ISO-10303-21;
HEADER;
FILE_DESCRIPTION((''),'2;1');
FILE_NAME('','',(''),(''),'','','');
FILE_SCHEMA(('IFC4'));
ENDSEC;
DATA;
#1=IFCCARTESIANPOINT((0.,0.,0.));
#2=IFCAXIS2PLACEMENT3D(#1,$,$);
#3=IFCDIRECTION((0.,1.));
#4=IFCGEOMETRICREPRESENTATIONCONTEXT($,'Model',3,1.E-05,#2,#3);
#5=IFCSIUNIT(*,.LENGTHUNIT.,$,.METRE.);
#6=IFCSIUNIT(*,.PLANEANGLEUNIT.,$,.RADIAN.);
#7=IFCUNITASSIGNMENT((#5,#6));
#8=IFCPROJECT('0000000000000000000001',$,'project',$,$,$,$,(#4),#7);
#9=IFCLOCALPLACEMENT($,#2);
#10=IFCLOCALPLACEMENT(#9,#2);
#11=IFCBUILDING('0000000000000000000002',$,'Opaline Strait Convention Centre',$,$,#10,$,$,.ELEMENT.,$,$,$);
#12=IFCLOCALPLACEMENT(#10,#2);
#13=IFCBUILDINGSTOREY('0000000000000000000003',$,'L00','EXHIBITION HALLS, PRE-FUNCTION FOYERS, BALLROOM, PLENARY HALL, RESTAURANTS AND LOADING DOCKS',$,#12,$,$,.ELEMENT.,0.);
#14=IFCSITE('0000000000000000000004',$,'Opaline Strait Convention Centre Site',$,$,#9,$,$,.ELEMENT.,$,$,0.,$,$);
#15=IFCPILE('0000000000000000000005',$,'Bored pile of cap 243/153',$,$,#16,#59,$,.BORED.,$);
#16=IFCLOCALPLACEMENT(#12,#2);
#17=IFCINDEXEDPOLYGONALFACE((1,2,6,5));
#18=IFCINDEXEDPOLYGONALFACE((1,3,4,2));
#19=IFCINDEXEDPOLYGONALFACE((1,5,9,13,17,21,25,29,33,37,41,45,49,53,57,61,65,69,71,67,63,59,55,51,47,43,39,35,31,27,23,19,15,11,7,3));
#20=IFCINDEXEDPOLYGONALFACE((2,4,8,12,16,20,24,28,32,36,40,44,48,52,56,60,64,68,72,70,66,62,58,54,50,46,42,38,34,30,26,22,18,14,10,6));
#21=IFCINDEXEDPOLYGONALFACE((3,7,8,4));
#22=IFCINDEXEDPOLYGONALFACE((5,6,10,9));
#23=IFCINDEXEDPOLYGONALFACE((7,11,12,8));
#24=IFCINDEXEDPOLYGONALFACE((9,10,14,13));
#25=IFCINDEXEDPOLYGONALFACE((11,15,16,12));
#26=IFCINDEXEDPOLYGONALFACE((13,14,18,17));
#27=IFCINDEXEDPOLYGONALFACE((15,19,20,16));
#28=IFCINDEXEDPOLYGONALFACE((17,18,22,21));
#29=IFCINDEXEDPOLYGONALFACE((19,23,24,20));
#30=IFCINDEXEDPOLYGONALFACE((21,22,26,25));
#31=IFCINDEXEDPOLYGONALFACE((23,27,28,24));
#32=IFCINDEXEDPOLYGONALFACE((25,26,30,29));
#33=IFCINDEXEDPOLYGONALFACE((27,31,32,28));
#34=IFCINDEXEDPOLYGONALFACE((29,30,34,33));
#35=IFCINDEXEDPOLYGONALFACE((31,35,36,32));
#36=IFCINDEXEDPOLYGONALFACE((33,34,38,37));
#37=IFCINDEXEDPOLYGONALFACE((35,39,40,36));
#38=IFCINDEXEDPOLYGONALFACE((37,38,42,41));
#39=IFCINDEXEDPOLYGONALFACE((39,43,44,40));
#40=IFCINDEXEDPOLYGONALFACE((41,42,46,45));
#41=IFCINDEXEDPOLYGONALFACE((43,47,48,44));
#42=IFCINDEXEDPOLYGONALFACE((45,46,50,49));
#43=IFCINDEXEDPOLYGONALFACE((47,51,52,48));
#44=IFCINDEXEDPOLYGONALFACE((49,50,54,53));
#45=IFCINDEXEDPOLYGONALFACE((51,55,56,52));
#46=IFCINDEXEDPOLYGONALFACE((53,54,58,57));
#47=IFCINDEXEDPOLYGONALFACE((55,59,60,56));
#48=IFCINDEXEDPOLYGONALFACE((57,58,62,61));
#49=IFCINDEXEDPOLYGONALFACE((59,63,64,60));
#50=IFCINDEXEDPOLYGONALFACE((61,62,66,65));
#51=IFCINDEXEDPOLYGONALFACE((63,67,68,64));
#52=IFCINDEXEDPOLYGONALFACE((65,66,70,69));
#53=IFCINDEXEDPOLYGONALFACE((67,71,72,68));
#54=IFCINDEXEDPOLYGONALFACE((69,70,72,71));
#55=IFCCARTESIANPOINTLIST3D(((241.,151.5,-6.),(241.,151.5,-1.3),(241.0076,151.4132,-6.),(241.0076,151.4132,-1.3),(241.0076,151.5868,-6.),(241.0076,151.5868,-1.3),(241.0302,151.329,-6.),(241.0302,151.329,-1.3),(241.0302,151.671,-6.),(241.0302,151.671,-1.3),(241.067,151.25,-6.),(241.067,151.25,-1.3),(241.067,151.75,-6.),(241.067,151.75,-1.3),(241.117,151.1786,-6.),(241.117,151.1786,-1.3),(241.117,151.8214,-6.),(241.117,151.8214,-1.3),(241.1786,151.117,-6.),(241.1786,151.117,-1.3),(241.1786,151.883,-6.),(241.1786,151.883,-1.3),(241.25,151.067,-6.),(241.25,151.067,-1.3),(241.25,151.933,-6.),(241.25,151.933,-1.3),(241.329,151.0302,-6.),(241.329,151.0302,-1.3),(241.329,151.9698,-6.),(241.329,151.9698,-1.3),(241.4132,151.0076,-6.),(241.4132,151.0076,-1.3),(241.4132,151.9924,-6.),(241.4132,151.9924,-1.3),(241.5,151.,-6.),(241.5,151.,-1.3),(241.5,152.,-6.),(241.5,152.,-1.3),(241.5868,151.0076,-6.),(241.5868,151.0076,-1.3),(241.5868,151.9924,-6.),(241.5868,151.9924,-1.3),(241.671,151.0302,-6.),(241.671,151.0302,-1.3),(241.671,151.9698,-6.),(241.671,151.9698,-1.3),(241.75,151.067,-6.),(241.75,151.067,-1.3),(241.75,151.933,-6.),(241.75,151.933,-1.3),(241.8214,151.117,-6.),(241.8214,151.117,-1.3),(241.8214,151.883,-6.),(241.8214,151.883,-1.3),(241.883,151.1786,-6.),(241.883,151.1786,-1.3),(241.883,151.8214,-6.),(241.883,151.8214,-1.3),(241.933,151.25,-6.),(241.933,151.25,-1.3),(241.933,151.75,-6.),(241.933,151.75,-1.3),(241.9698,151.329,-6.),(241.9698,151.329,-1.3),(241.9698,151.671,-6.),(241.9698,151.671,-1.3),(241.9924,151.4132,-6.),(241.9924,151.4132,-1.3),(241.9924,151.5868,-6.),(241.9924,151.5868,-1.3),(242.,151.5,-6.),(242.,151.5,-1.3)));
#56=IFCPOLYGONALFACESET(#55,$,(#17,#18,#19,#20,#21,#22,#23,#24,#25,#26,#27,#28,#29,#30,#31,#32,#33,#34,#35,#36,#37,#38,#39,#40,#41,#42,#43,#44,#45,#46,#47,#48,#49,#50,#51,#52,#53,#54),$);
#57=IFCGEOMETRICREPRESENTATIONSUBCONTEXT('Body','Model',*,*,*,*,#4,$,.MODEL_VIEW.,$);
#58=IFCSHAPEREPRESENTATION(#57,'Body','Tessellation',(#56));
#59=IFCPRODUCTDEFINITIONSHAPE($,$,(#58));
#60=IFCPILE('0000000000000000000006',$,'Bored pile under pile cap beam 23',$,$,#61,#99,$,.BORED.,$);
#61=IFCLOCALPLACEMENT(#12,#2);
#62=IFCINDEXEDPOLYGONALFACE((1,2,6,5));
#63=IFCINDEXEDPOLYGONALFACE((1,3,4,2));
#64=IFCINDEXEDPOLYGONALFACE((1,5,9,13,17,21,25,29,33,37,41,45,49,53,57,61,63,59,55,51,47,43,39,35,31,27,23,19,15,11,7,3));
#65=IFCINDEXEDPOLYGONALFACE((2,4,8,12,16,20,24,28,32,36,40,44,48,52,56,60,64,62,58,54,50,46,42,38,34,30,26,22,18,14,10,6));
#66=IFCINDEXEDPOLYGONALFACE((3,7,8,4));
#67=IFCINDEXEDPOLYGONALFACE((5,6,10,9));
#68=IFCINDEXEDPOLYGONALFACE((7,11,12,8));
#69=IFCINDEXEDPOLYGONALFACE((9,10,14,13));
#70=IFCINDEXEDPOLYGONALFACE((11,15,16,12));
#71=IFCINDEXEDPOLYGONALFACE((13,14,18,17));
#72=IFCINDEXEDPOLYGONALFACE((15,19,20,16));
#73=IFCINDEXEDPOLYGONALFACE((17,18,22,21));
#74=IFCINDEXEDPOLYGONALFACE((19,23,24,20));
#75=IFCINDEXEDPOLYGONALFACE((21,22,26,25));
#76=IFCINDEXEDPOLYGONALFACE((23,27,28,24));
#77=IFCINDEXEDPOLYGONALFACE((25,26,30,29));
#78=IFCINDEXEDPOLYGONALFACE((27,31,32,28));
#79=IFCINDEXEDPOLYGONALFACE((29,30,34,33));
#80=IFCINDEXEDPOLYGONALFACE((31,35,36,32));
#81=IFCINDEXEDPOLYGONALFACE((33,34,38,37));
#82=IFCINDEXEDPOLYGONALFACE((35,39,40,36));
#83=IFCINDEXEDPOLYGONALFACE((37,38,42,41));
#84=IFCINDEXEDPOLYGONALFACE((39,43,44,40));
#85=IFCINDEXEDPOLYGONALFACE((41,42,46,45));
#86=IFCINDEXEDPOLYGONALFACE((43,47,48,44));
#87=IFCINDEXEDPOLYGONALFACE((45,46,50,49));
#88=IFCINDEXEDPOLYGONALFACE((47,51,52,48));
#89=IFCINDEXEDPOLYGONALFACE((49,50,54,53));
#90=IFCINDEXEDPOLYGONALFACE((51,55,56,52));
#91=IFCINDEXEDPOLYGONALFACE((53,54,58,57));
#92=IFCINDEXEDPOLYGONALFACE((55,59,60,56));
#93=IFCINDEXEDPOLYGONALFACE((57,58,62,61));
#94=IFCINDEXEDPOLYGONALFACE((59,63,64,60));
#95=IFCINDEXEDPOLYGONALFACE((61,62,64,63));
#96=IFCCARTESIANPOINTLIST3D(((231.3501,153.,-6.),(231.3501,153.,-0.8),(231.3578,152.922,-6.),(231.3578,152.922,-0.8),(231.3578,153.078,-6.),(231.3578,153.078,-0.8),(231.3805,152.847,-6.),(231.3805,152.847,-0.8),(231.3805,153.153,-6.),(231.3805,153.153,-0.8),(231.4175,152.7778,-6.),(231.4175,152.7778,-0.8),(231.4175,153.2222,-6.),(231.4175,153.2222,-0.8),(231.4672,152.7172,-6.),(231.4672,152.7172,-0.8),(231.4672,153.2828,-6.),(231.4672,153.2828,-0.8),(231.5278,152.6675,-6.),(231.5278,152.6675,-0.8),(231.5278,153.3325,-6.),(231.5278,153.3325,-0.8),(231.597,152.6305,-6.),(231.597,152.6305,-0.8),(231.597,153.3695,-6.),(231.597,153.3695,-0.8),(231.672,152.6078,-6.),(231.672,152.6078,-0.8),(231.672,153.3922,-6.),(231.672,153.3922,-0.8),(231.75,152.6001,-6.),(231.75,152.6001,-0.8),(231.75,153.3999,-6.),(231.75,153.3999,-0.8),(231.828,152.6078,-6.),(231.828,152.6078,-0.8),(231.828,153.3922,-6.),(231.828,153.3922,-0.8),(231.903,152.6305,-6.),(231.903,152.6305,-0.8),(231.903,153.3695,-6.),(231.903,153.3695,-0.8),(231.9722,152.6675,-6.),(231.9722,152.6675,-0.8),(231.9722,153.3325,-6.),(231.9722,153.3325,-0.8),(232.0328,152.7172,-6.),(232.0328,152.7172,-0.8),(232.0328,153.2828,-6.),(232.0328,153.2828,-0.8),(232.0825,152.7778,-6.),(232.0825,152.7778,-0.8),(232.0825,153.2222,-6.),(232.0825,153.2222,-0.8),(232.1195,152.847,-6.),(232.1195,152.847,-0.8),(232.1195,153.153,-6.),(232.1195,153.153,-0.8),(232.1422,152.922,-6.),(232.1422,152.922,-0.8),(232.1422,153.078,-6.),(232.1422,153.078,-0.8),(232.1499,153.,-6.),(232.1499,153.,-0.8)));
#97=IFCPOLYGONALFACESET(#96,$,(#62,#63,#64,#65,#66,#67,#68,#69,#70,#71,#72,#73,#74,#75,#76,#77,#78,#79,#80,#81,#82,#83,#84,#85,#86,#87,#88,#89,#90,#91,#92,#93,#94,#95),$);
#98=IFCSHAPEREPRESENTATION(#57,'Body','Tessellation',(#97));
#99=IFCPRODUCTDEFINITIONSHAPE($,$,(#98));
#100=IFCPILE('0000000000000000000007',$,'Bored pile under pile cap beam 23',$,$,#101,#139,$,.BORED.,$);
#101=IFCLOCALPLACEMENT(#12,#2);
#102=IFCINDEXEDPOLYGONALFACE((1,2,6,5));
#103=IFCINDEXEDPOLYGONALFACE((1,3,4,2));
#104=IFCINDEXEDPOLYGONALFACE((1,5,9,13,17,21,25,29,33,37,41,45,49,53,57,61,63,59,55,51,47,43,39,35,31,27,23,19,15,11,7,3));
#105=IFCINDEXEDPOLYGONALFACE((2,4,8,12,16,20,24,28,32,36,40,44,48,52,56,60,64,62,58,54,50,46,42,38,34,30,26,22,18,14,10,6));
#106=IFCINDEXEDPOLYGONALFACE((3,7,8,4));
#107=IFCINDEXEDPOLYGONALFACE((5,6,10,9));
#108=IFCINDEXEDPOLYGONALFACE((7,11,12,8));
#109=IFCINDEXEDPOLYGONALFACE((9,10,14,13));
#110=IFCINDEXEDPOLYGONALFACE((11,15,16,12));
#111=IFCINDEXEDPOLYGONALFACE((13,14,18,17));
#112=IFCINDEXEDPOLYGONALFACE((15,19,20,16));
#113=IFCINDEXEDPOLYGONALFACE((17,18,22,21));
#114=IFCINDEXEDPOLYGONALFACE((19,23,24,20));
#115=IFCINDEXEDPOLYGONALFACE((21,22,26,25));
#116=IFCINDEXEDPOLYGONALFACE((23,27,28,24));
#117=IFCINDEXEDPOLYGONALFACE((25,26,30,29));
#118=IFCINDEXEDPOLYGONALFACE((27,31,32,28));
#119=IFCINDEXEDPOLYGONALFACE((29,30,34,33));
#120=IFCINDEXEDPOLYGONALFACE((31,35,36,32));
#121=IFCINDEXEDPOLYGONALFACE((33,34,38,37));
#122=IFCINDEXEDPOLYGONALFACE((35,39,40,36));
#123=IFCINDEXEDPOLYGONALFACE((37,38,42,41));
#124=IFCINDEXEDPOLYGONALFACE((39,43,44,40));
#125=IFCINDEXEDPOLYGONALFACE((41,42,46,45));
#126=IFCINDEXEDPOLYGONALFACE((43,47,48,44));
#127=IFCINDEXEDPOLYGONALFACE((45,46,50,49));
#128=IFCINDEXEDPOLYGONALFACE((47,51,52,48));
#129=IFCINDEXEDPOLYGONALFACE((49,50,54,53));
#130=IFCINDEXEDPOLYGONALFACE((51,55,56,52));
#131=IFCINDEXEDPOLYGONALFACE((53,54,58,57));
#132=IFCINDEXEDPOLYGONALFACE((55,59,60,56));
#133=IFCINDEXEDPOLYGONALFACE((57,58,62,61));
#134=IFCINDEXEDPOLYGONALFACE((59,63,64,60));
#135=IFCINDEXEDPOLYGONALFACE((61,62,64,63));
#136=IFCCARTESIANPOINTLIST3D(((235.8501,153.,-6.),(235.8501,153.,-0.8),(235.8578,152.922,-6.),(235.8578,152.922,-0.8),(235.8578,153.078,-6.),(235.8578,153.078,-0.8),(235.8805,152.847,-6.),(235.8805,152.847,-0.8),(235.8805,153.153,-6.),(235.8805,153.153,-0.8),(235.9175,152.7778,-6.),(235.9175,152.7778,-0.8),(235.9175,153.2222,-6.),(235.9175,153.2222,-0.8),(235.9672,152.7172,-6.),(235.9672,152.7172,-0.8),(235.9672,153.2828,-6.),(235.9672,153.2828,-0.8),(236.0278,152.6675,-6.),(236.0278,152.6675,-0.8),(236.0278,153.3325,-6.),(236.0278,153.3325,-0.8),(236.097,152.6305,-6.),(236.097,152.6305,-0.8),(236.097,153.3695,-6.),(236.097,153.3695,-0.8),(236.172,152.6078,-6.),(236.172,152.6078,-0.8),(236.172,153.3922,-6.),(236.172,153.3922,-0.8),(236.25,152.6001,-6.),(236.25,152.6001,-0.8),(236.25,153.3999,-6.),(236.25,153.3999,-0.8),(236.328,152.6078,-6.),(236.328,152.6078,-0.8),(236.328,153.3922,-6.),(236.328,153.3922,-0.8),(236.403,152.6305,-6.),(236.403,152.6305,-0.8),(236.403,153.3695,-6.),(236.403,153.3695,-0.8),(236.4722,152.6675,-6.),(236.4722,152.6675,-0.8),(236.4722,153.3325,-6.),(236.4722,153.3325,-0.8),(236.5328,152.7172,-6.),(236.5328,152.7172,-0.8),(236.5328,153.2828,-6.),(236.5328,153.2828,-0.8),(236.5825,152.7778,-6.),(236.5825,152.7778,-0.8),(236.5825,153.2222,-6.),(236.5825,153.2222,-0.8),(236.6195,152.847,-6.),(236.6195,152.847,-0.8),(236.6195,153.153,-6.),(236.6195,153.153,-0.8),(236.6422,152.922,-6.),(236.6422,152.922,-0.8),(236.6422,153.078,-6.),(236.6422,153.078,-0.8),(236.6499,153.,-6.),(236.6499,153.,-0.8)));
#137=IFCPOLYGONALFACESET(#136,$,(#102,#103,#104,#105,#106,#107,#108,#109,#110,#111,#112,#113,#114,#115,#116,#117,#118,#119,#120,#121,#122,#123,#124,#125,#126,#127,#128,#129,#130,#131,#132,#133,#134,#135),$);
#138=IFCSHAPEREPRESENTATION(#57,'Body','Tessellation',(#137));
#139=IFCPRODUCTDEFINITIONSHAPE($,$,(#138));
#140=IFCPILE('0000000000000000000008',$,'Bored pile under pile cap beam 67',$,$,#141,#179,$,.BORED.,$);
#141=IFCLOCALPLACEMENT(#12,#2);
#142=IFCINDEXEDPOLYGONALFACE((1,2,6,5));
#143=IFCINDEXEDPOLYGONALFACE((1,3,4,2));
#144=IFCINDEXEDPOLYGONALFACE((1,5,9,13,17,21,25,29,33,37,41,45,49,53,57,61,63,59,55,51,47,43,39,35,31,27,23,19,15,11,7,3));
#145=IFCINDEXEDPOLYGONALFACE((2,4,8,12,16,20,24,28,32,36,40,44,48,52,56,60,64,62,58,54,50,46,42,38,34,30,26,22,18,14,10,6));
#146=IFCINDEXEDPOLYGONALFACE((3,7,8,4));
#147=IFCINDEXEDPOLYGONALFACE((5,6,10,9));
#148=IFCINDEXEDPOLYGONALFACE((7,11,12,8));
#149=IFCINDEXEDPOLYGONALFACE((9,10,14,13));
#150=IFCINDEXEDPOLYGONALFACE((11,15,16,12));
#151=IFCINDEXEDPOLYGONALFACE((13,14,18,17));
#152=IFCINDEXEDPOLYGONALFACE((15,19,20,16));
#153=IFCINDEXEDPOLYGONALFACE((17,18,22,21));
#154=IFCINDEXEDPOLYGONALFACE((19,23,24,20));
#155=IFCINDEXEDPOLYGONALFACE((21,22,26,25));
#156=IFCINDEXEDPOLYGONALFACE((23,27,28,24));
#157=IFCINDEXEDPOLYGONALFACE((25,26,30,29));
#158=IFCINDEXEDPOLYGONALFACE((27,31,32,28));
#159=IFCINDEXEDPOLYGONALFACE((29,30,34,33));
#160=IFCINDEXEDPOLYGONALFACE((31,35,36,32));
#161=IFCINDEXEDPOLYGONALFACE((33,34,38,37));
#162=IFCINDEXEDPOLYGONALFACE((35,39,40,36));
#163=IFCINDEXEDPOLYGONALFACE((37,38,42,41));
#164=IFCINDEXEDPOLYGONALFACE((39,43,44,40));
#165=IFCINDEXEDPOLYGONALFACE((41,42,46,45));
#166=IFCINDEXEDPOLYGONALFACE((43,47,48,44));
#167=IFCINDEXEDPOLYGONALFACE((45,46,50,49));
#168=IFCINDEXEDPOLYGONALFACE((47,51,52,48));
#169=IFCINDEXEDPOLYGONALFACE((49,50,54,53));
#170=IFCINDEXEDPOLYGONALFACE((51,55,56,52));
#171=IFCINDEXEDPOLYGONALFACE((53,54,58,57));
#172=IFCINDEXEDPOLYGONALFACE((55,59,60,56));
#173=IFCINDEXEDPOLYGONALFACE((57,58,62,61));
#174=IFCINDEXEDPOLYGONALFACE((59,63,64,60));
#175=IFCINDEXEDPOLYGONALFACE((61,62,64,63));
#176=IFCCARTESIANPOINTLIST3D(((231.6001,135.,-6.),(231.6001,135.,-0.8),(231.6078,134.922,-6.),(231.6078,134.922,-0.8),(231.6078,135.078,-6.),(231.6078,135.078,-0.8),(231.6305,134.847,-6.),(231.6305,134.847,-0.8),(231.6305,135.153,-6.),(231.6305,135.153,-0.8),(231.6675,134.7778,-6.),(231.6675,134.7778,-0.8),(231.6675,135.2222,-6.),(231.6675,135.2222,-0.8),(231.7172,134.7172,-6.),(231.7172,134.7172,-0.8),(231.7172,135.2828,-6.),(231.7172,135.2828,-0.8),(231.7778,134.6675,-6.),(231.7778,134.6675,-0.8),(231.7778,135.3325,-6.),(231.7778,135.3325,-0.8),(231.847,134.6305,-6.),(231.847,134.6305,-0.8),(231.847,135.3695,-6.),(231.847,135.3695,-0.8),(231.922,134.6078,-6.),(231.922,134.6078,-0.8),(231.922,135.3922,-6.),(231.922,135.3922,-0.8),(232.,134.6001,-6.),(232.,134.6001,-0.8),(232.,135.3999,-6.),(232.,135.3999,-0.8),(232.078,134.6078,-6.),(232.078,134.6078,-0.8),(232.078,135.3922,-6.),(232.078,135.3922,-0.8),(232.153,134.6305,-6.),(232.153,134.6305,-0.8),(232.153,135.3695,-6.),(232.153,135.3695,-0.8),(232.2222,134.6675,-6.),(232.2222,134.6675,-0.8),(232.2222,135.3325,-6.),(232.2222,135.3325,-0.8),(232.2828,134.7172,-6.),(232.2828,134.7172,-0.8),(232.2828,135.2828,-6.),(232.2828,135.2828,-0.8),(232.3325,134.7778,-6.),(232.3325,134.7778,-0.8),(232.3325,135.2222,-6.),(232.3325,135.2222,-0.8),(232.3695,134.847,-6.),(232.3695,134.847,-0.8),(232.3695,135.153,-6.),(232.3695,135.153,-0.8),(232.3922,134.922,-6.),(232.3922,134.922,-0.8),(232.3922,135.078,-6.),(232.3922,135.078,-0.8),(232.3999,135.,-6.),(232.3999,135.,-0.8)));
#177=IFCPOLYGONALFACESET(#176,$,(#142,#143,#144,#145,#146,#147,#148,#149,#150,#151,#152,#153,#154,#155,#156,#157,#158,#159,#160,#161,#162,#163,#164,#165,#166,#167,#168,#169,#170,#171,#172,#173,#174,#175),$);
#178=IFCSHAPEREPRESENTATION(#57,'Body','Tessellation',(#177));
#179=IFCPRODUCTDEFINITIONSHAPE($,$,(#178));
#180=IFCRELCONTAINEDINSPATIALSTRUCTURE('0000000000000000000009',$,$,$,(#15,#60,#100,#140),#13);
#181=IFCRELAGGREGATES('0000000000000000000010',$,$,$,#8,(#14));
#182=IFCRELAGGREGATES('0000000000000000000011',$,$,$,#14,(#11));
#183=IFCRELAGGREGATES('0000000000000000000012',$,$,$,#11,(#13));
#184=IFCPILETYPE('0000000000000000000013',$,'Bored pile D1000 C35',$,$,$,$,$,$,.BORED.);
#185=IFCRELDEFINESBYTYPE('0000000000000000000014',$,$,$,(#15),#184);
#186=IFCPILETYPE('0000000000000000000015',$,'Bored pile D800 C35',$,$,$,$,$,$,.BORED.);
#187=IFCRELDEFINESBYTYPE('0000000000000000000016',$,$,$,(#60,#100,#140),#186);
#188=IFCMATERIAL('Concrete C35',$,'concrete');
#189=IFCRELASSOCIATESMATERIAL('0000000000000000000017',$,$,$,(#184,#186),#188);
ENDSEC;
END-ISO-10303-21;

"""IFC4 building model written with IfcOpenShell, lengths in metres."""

from ifc_helpers import new_model, si_unit, direction, frame, origin, origin_2d, place, context, subcontext, project, spatial, circle, extrude, material, material_profile, profile_set, type_object, element, save


model = new_model("IFC4")

# Units and contexts
model_context = context("Model", 3, precision=1e-05, world=origin(), true_north=direction((0.0, 1.0)))
body_context = subcontext(model_context, "Body", "Model", "MODEL_VIEW")
ifc_project = project(units=[si_unit("LENGTHUNIT", "METRE"), si_unit("PLANEANGLEUNIT", "RADIAN")], contexts=[model_context])

# Site, building, storey
site_placement = place(None, origin())
site = spatial("IfcSite", under=ifc_project, at=site_placement, Name="Opaline Strait Convention Centre Site", CompositionType="ELEMENT", RefElevation=0.0)
building_placement = place(site_placement, origin())
building = spatial("IfcBuilding", under=site, at=building_placement, Name="Opaline Strait Convention Centre", CompositionType="ELEMENT")
storey_placement = place(building_placement, origin())
storey = spatial("IfcBuildingStorey", under=building, at=storey_placement, Name="L00", Description="EXHIBITION HALLS, PRE-FUNCTION FOYERS, BALLROOM, PLENARY HALL, RESTAURANTS AND LOADING DOCKS", CompositionType="ELEMENT", Elevation=0.0)

# Piles
ifc_material_1 = material(Name="Concrete C35", Category="concrete")
ifc_material_profile_1 = material_profile(ifc_material_1, circle(Radius=0.5, at=origin_2d()), Name="D1000")
ifc_profile_set_1 = profile_set([ifc_material_profile_1], Name="Concrete C35")
pile_type_1 = type_object("IfcPileType", Name="Bored pile D1000 C35", PredefinedType="BORED", material=ifc_profile_set_1)
pile_placement = place(storey_placement, frame((241.5, 151.5, -1.3), z_axis=(0.0, 0.0, -1.0), x_axis=(1.0, 0.0, 0.0)))
element("IfcPile", 1, at=pile_placement, inside=storey, type_object=pile_type_1, Name="Bored pile of cap 243/153", PredefinedType="BORED", context=body_context, shape_type="SweptSolid", body=[
    extrude(circle(Radius=0.5, at=origin_2d()), origin(), (0.0, 0.0, 1.0), 4.7),
])
ifc_material_profile_2 = material_profile(ifc_material_1, circle(Radius=0.3999, at=origin_2d()), Name="D800")
ifc_profile_set_2 = profile_set([ifc_material_profile_2], Name="Concrete C35")
pile_type_2 = type_object("IfcPileType", Name="Bored pile D800 C35", PredefinedType="BORED", material=ifc_profile_set_2)
for number, where, z_axis, x_axis, name in (
    (2, (231.75, 153.0, -0.8), (0.0, 0.0, -1.0), (1.0, 0.0, 0.0), "Bored pile under pile cap beam 23"),
    (3, (236.25, 153.0, -0.8), (0.0, 0.0, -1.0), (1.0, 0.0, 0.0), "Bored pile under pile cap beam 23"),
    (4, (232.0, 135.0, -0.8), (0.0, 0.0, -1.0), (1.0, 0.0, 0.0), "Bored pile under pile cap beam 67"),
):
    element("IfcPile", number, at=place(storey_placement, frame(where, z_axis=z_axis, x_axis=x_axis)), inside=storey, type_object=pile_type_2, Name=name, PredefinedType="BORED", context=body_context, shape_type="SweptSolid", body=[
        extrude(circle(Radius=0.3999, at=origin_2d()), origin(), (0.0, 0.0, 1.0), 5.2),
    ])

save(model, "model.ifc")
